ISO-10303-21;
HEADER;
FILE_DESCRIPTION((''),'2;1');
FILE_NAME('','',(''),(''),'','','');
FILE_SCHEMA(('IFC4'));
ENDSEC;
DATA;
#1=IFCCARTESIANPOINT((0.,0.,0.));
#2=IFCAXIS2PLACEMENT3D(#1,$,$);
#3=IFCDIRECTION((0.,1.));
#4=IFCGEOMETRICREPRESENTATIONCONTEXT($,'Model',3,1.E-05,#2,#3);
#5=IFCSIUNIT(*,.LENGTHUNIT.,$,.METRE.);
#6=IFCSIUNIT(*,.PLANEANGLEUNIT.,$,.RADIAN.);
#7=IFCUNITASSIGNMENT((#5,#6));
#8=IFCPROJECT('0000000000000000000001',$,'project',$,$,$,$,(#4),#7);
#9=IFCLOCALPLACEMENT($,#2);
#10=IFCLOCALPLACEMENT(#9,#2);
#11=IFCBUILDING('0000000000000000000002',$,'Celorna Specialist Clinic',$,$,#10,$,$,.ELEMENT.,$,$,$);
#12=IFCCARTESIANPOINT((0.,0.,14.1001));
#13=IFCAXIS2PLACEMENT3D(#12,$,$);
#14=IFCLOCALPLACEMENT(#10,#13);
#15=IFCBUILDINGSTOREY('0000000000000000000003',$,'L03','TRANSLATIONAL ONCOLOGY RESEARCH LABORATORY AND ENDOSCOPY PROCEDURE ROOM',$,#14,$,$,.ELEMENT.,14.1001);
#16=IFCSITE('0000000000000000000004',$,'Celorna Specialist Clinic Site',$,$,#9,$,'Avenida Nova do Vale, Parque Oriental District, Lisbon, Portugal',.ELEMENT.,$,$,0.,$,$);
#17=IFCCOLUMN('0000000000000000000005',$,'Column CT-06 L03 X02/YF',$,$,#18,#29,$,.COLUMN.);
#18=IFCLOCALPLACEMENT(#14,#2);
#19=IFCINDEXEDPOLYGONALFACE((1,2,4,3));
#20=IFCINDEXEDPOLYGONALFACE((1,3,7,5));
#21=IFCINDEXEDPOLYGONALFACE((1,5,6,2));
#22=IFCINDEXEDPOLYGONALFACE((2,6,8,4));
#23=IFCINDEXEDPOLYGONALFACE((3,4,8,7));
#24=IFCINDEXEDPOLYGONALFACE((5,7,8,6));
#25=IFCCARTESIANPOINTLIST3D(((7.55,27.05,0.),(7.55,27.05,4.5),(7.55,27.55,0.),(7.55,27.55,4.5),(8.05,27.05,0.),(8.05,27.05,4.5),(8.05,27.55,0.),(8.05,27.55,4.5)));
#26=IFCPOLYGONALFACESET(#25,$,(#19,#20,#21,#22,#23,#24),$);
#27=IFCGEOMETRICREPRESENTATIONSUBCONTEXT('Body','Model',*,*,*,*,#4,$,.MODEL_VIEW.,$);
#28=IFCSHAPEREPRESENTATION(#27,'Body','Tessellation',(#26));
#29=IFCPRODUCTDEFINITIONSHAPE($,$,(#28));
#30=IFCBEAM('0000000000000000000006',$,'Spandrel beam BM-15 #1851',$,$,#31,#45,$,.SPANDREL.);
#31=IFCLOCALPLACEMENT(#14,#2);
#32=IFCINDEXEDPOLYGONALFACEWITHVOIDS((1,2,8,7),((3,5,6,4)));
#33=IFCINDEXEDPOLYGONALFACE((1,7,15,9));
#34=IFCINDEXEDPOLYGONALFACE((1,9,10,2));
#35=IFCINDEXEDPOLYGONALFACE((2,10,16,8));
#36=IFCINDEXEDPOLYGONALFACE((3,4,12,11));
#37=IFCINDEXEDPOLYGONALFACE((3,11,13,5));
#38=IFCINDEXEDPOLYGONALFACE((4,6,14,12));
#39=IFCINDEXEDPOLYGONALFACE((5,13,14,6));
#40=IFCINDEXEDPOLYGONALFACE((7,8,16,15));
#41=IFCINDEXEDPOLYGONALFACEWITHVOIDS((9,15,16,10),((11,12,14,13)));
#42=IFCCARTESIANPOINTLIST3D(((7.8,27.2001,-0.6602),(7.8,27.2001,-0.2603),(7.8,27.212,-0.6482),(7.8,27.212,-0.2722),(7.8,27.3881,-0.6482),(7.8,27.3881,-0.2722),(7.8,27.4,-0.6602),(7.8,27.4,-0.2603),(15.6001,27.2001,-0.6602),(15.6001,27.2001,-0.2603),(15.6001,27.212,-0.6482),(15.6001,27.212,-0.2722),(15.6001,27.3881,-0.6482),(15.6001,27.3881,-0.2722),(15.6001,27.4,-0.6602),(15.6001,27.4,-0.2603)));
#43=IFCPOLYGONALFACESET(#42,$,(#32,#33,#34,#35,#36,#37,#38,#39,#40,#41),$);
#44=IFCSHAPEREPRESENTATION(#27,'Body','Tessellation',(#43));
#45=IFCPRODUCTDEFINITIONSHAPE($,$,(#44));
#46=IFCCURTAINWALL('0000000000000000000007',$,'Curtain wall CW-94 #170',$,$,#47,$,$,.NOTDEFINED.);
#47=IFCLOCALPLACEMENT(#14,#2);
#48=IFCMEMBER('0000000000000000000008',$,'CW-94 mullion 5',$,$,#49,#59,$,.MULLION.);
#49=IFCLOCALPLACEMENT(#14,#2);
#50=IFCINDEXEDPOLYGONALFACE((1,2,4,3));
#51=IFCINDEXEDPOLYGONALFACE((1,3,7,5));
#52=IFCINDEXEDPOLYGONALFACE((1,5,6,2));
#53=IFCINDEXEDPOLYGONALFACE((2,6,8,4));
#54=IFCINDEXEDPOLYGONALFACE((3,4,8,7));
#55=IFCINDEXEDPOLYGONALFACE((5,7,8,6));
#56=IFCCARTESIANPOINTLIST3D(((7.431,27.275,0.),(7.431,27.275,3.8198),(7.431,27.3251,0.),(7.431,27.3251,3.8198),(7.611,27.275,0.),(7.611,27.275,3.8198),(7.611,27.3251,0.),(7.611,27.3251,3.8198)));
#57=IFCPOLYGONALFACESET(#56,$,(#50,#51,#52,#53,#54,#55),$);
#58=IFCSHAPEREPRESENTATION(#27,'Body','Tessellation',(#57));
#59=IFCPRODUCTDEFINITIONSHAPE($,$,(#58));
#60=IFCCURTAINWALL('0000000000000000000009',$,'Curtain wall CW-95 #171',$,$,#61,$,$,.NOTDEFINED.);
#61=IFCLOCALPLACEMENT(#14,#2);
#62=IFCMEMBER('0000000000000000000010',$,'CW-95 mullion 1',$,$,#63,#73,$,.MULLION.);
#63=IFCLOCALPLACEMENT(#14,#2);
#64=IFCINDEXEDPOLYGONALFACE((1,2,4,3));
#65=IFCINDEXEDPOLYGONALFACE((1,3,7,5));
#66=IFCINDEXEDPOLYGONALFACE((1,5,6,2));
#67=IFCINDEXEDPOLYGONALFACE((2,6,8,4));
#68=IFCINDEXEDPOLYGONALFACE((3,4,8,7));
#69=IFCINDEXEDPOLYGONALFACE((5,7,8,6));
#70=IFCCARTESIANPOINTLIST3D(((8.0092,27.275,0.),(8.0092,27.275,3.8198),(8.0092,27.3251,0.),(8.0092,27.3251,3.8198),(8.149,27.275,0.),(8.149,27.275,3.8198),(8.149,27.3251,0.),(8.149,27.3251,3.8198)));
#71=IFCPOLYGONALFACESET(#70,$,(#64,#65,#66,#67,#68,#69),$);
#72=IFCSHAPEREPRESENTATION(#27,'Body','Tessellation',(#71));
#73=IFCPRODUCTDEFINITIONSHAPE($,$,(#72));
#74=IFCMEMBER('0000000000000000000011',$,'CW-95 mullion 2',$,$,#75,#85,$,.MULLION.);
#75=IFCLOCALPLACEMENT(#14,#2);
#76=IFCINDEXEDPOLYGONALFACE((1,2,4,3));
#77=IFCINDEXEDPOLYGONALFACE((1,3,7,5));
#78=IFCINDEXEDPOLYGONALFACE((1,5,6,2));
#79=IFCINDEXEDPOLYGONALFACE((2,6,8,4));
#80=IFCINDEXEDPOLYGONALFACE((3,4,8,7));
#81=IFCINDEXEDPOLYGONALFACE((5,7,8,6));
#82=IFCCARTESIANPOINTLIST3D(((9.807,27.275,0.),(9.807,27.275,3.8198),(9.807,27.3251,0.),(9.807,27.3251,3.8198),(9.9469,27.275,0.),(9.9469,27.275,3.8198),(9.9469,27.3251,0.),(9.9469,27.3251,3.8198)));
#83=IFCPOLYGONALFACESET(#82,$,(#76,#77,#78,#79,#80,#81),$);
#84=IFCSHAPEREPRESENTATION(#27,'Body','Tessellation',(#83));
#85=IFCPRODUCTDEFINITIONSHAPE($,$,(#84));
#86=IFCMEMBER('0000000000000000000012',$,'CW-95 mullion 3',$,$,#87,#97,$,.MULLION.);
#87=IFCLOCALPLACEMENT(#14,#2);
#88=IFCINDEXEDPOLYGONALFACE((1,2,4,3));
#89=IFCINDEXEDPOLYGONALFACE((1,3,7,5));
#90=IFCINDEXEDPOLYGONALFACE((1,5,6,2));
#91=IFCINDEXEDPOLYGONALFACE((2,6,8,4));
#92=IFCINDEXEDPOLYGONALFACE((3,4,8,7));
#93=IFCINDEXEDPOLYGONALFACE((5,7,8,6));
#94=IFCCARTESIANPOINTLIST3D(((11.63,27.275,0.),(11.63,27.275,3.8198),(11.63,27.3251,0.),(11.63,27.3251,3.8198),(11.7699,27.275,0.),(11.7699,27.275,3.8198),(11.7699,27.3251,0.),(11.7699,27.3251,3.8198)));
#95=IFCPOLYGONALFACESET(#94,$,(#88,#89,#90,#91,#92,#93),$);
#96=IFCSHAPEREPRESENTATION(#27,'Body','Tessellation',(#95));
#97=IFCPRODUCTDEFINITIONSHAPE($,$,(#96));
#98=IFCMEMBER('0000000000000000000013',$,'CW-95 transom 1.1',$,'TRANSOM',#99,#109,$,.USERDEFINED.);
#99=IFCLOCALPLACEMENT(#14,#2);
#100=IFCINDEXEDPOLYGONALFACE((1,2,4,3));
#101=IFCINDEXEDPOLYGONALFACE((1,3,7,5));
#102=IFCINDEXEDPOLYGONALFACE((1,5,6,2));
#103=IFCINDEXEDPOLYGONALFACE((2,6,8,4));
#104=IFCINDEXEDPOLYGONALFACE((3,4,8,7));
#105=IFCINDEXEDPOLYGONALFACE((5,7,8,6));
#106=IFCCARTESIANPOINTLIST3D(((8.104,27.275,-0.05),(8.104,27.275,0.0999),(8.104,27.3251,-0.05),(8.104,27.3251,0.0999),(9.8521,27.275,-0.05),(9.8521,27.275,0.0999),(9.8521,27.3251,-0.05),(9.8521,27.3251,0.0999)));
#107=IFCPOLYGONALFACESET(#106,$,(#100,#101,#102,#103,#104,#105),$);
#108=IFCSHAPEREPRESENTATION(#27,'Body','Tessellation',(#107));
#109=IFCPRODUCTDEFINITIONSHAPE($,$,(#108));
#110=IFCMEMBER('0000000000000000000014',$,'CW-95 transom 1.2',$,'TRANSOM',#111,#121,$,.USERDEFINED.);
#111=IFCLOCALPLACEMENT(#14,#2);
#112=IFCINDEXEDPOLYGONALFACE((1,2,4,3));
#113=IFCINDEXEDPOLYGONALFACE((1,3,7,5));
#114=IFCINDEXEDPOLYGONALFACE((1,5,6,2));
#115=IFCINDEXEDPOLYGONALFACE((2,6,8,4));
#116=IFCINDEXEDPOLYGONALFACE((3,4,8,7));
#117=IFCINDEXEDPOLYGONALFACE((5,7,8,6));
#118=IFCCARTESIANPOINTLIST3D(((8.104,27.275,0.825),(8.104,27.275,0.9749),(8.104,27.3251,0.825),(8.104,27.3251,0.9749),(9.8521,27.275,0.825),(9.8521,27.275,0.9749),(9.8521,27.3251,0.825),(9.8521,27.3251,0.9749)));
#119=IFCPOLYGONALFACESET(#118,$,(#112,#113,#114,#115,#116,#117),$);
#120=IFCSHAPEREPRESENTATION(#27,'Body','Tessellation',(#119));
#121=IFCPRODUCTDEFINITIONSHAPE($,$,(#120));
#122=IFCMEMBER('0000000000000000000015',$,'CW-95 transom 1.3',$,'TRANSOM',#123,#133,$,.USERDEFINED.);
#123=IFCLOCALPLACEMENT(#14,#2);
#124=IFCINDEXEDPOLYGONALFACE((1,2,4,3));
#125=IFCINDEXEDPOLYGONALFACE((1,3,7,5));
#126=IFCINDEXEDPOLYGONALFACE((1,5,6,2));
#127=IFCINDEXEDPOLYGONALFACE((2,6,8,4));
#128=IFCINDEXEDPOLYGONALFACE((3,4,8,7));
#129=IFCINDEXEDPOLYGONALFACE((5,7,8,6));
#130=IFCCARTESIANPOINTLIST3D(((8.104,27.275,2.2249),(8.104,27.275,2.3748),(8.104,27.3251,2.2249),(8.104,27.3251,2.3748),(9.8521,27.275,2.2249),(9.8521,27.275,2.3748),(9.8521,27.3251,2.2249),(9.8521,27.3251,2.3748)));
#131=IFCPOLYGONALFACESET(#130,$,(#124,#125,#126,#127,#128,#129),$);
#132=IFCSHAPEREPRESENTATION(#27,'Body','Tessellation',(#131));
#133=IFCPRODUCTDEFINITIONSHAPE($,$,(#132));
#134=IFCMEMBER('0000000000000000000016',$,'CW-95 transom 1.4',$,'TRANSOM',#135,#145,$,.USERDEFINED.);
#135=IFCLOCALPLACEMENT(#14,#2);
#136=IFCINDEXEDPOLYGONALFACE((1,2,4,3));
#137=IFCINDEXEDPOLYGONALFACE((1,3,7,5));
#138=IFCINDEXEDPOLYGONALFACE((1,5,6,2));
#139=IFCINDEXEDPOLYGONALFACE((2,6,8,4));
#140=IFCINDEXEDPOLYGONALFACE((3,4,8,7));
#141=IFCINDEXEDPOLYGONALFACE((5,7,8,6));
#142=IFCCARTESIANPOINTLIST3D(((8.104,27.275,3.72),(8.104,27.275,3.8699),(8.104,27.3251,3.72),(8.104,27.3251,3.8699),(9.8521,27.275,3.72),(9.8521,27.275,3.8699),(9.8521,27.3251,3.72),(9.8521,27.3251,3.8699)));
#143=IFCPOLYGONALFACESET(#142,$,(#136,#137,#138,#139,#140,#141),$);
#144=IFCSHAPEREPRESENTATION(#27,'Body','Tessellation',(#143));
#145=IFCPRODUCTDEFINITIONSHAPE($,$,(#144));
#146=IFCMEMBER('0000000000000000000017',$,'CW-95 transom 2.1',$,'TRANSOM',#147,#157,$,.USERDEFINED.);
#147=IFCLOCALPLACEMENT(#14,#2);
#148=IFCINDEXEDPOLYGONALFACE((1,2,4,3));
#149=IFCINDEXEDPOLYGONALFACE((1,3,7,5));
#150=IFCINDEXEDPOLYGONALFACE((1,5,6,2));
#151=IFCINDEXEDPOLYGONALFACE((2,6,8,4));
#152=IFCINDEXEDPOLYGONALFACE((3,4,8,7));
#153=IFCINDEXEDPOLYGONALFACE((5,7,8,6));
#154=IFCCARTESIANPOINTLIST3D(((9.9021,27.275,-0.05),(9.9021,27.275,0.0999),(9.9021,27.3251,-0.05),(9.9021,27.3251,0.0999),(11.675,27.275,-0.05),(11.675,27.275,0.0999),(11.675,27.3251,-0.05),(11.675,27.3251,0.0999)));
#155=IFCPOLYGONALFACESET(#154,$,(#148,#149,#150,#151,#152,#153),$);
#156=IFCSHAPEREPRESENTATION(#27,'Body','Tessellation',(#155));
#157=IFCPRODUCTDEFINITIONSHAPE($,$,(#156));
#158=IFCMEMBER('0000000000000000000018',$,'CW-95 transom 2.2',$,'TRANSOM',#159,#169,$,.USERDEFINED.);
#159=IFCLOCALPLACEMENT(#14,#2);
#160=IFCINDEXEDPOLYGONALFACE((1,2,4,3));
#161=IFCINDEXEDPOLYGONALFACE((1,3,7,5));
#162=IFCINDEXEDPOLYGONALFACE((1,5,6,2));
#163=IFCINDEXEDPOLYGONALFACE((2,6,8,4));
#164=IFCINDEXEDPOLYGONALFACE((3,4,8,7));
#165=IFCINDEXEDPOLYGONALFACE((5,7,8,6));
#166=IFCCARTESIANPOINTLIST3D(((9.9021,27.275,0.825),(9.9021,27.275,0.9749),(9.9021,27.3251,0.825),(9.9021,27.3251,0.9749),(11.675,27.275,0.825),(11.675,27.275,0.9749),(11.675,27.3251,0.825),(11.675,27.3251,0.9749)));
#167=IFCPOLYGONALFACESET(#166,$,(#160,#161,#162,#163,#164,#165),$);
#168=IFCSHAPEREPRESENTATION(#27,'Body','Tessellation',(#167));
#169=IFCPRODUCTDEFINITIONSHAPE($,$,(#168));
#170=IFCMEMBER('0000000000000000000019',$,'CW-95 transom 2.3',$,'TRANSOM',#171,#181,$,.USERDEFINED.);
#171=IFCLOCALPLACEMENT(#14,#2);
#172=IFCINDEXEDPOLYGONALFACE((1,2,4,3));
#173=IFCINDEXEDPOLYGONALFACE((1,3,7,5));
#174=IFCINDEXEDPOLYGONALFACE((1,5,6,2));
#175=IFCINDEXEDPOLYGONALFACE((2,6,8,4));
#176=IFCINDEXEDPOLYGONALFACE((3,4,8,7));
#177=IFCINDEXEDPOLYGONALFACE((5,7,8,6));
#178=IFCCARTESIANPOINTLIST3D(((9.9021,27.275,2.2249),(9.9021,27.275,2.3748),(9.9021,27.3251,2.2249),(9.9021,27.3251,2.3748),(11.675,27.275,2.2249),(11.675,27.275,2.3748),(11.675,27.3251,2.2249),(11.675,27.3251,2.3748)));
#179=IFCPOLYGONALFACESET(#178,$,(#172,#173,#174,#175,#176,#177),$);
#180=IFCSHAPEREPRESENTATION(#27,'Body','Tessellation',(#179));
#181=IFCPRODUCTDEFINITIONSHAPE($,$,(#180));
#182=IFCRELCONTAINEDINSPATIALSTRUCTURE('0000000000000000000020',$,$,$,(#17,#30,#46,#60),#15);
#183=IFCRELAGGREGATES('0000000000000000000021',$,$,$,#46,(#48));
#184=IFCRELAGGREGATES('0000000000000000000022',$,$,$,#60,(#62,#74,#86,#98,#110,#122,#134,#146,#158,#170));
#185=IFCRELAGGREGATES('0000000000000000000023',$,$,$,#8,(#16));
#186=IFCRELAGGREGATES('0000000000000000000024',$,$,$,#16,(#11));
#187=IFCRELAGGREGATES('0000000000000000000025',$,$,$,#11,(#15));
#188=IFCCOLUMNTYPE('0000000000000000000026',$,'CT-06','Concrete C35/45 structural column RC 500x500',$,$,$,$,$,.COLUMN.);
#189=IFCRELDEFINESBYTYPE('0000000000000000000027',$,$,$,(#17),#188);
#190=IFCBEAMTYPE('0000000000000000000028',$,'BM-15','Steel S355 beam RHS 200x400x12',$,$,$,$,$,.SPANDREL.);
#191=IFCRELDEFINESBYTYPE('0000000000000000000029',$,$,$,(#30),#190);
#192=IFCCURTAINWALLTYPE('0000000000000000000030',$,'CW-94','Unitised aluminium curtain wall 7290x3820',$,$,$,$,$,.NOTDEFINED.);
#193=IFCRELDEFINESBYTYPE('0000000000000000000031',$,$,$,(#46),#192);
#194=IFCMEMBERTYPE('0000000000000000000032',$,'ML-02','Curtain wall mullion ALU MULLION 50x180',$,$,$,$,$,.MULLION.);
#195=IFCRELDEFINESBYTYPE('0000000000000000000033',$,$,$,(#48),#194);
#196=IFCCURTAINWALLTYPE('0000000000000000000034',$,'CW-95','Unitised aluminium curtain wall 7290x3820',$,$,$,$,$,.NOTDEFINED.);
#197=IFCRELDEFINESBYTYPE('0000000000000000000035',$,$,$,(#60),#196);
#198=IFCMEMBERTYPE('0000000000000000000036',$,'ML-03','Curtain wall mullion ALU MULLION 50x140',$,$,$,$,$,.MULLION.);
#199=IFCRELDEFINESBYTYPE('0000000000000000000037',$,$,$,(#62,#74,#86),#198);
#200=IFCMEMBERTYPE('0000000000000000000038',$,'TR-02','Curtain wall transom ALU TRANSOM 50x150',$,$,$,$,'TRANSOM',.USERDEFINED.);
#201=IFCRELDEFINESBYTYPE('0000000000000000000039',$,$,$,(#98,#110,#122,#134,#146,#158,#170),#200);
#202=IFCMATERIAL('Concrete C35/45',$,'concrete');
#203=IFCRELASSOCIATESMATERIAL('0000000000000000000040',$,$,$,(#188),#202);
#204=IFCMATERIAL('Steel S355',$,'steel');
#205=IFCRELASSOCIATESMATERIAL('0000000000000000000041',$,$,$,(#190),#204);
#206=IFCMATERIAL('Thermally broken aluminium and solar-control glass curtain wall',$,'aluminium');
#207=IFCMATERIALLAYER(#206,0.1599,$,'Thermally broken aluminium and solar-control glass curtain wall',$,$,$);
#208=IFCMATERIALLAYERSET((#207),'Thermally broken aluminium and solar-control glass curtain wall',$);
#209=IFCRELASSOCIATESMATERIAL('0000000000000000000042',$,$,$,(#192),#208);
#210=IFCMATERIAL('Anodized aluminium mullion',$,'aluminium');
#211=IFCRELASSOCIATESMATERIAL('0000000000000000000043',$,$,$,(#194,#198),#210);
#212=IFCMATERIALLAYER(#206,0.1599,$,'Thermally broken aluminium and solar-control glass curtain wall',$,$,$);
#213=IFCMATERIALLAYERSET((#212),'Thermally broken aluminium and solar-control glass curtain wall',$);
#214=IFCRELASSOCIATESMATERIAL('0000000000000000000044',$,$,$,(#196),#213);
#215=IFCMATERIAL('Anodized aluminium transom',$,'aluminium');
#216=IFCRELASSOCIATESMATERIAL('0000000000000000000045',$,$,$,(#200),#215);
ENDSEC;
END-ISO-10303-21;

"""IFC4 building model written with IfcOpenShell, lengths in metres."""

from ifc_helpers import new_model, si_unit, direction, frame, origin, origin_2d, place, context, subcontext, project, spatial, rectangle, hollow_rectangle, extrude, material, layer, layer_set, material_profile, profile_set, type_object, element, aggregate, save


model = new_model("IFC4")

# Units and contexts
model_context = context("Model", 3, precision=1e-05, world=origin(), true_north=direction((0.0, 1.0)))
body_context = subcontext(model_context, "Body", "Model", "MODEL_VIEW")
ifc_project = project(units=[si_unit("LENGTHUNIT", "METRE"), si_unit("PLANEANGLEUNIT", "RADIAN")], contexts=[model_context])

# Site, building, storey
site_placement = place(None, origin())
site = spatial("IfcSite", under=ifc_project, at=site_placement, Name="Celorna Specialist Clinic Site", LongName="Avenida Nova do Vale, Parque Oriental District, Lisbon, Portugal", CompositionType="ELEMENT", RefElevation=0.0)
building_placement = place(site_placement, origin())
building = spatial("IfcBuilding", under=site, at=building_placement, Name="Celorna Specialist Clinic", CompositionType="ELEMENT")
storey_placement = place(building_placement, frame((0.0, 0.0, 14.1001)))
storey = spatial("IfcBuildingStorey", under=building, at=storey_placement, Name="L03", Description="TRANSLATIONAL ONCOLOGY RESEARCH LABORATORY AND ENDOSCOPY PROCEDURE ROOM", CompositionType="ELEMENT", Elevation=14.1001)

# Column
ifc_material_1 = material(Name="Concrete C35/45", Category="concrete")
ifc_material_profile_1 = material_profile(ifc_material_1, rectangle(XDim=0.5, YDim=0.5, at=origin_2d()), Name="RC 500x500")
ifc_profile_set_1 = profile_set([ifc_material_profile_1], Name="Concrete C35/45")
column_type = type_object("IfcColumnType", Name="CT-06", Description="Concrete C35/45 structural column RC 500x500", PredefinedType="COLUMN", material=ifc_profile_set_1)
column_placement = place(storey_placement, frame((7.8, 27.3, 0.0), z_axis=(0.0, 0.0, 1.0), x_axis=(1.0, 0.0, 0.0)))
element("IfcColumn", 1, at=column_placement, inside=storey, type_object=column_type, Name="Column CT-06 L03 X02/YF", PredefinedType="COLUMN", context=body_context, shape_type="SweptSolid", body=[
    extrude(rectangle(XDim=0.5, YDim=0.5, at=origin_2d()), origin(), (0.0, 0.0, 1.0), 4.5),
])

# Beam
ifc_material_2 = material(Name="Steel S355", Category="steel")
ifc_material_profile_2 = material_profile(ifc_material_2, hollow_rectangle(XDim=0.2, YDim=0.3999, WallThickness=0.012, at=origin_2d()), Name="RHS 200x400x12")
ifc_profile_set_2 = profile_set([ifc_material_profile_2], Name="Steel S355")
beam_type = type_object("IfcBeamType", Name="BM-15", Description="Steel S355 beam RHS 200x400x12", PredefinedType="SPANDREL", material=ifc_profile_set_2)
beam_placement = place(storey_placement, frame((7.8, 27.3, -0.4602), z_axis=(1.0, 0.0, 0.0), x_axis=(0.0, 1.0, 0.0)))
element("IfcBeam", 2, at=beam_placement, inside=storey, type_object=beam_type, Name="Spandrel beam BM-15 #1851", PredefinedType="SPANDREL", context=body_context, shape_type="SweptSolid", body=[
    extrude(hollow_rectangle(XDim=0.2, YDim=0.3999, WallThickness=0.012, at=origin_2d()), origin(), (0.0, 0.0, 1.0), 7.8),
])

# Curtain wall, member
ifc_material_3 = material(Name="Thermally broken aluminium and solar-control glass curtain wall", Category="aluminium")
ifc_layer_1 = layer(ifc_material_3, 0.1599, Name="Thermally broken aluminium and solar-control glass curtain wall")
ifc_layer_set_1 = layer_set([ifc_layer_1], Name="Thermally broken aluminium and solar-control glass curtain wall")
curtain_wall_type_1 = type_object("IfcCurtainWallType", Name="CW-94", Description="Unitised aluminium curtain wall 7290x3820", PredefinedType="NOTDEFINED", material=ifc_layer_set_1)
curtain_wall_1_placement = place(storey_placement, origin())
curtain_wall_1 = element("IfcCurtainWall", 3, at=curtain_wall_1_placement, inside=storey, type_object=curtain_wall_type_1, Name="Curtain wall CW-94 #170", PredefinedType="NOTDEFINED")
ifc_material_4 = material(Name="Anodized aluminium mullion", Category="aluminium")
ifc_material_profile_3 = material_profile(ifc_material_4, rectangle(XDim=0.05, YDim=0.1799, at=origin_2d()), Name="ALU MULLION 50x180")
ifc_profile_set_3 = profile_set([ifc_material_profile_3], Name="Anodized aluminium mullion")
member_type_1 = type_object("IfcMemberType", Name="ML-02", Description="Curtain wall mullion ALU MULLION 50x180", PredefinedType="MULLION", material=ifc_profile_set_3)
member_1_placement = place(storey_placement, frame((7.521, 27.3, 0.0), z_axis=(0.0, 0.0, 1.0), x_axis=(0.0, 1.0, 0.0)))
member_1 = element("IfcMember", 4, at=member_1_placement, type_object=member_type_1, Name="CW-94 mullion 5", PredefinedType="MULLION", context=body_context, shape_type="SweptSolid", body=[
    extrude(rectangle(XDim=0.05, YDim=0.1799, at=origin_2d()), origin(), (0.0, 0.0, 1.0), 3.8198),
])

# Curtain wall, members
ifc_layer_2 = layer(ifc_material_3, 0.1599, Name="Thermally broken aluminium and solar-control glass curtain wall")
ifc_layer_set_2 = layer_set([ifc_layer_2], Name="Thermally broken aluminium and solar-control glass curtain wall")
curtain_wall_type_2 = type_object("IfcCurtainWallType", Name="CW-95", Description="Unitised aluminium curtain wall 7290x3820", PredefinedType="NOTDEFINED", material=ifc_layer_set_2)
curtain_wall_2_placement = place(storey_placement, origin())
curtain_wall_2 = element("IfcCurtainWall", 5, at=curtain_wall_2_placement, inside=storey, type_object=curtain_wall_type_2, Name="Curtain wall CW-95 #171", PredefinedType="NOTDEFINED")
ifc_material_profile_4 = material_profile(ifc_material_4, rectangle(XDim=0.05, YDim=0.1399, at=origin_2d()), Name="ALU MULLION 50x140")
ifc_profile_set_4 = profile_set([ifc_material_profile_4], Name="Anodized aluminium mullion")
member_type_2 = type_object("IfcMemberType", Name="ML-03", Description="Curtain wall mullion ALU MULLION 50x140", PredefinedType="MULLION", material=ifc_profile_set_4)
member_2_placement = place(storey_placement, frame((8.0791, 27.3, 0.0), z_axis=(0.0, 0.0, 1.0), x_axis=(0.0, 1.0, 0.0)))
member_2 = element("IfcMember", 6, at=member_2_placement, type_object=member_type_2, Name="CW-95 mullion 1", PredefinedType="MULLION", context=body_context, shape_type="SweptSolid", body=[
    extrude(rectangle(XDim=0.05, YDim=0.1399, at=origin_2d()), origin(), (0.0, 0.0, 1.0), 3.8198),
])
member_3_placement = place(storey_placement, frame((9.877, 27.3, 0.0), z_axis=(0.0, 0.0, 1.0), x_axis=(0.0, 1.0, 0.0)))
member_3 = element("IfcMember", 7, at=member_3_placement, type_object=member_type_2, Name="CW-95 mullion 2", PredefinedType="MULLION", context=body_context, shape_type="SweptSolid", body=[
    extrude(rectangle(XDim=0.05, YDim=0.1399, at=origin_2d()), origin(), (0.0, 0.0, 1.0), 3.8198),
])
member_4_placement = place(storey_placement, frame((11.7, 27.3, 0.0), z_axis=(0.0, 0.0, 1.0), x_axis=(0.0, 1.0, 0.0)))
member_4 = element("IfcMember", 8, at=member_4_placement, type_object=member_type_2, Name="CW-95 mullion 3", PredefinedType="MULLION", context=body_context, shape_type="SweptSolid", body=[
    extrude(rectangle(XDim=0.05, YDim=0.1399, at=origin_2d()), origin(), (0.0, 0.0, 1.0), 3.8198),
])
ifc_material_5 = material(Name="Anodized aluminium transom", Category="aluminium")
ifc_material_profile_5 = material_profile(ifc_material_5, rectangle(XDim=0.05, YDim=0.1499, at=origin_2d()), Name="ALU TRANSOM 50x150")
ifc_profile_set_5 = profile_set([ifc_material_profile_5], Name="Anodized aluminium transom")
member_type_3 = type_object("IfcMemberType", Name="TR-02", Description="Curtain wall transom ALU TRANSOM 50x150", ElementType="TRANSOM", PredefinedType="USERDEFINED", material=ifc_profile_set_5)
member_5_placement = place(storey_placement, frame((8.104, 27.3, 0.0249), z_axis=(1.0, 0.0, 0.0), x_axis=(0.0, 1.0, 0.0)))
member_5 = element("IfcMember", 9, at=member_5_placement, type_object=member_type_3, Name="CW-95 transom 1.1", ObjectType="TRANSOM", PredefinedType="USERDEFINED", context=body_context, shape_type="SweptSolid", body=[
    extrude(rectangle(XDim=0.05, YDim=0.1499, at=origin_2d()), origin(), (0.0, 0.0, 1.0), 1.748),
])
member_6_placement = place(storey_placement, frame((8.104, 27.3, 0.8999), z_axis=(1.0, 0.0, 0.0), x_axis=(0.0, 1.0, 0.0)))
member_6 = element("IfcMember", 10, at=member_6_placement, type_object=member_type_3, Name="CW-95 transom 1.2", ObjectType="TRANSOM", PredefinedType="USERDEFINED", context=body_context, shape_type="SweptSolid", body=[
    extrude(rectangle(XDim=0.05, YDim=0.1499, at=origin_2d()), origin(), (0.0, 0.0, 1.0), 1.748),
])
member_7_placement = place(storey_placement, frame((8.104, 27.3, 2.2998), z_axis=(1.0, 0.0, 0.0), x_axis=(0.0, 1.0, 0.0)))
member_7 = element("IfcMember", 11, at=member_7_placement, type_object=member_type_3, Name="CW-95 transom 1.3", ObjectType="TRANSOM", PredefinedType="USERDEFINED", context=body_context, shape_type="SweptSolid", body=[
    extrude(rectangle(XDim=0.05, YDim=0.1499, at=origin_2d()), origin(), (0.0, 0.0, 1.0), 1.748),
])
member_8_placement = place(storey_placement, frame((8.104, 27.3, 3.7949), z_axis=(1.0, 0.0, 0.0), x_axis=(0.0, 1.0, 0.0)))
member_8 = element("IfcMember", 12, at=member_8_placement, type_object=member_type_3, Name="CW-95 transom 1.4", ObjectType="TRANSOM", PredefinedType="USERDEFINED", context=body_context, shape_type="SweptSolid", body=[
    extrude(rectangle(XDim=0.05, YDim=0.1499, at=origin_2d()), origin(), (0.0, 0.0, 1.0), 1.748),
])
member_9_placement = place(storey_placement, frame((9.9021, 27.3, 0.0249), z_axis=(1.0, 0.0, 0.0), x_axis=(0.0, 1.0, 0.0)))
member_9 = element("IfcMember", 13, at=member_9_placement, type_object=member_type_3, Name="CW-95 transom 2.1", ObjectType="TRANSOM", PredefinedType="USERDEFINED", context=body_context, shape_type="SweptSolid", body=[
    extrude(rectangle(XDim=0.05, YDim=0.1499, at=origin_2d()), origin(), (0.0, 0.0, 1.0), 1.7729),
])
member_10_placement = place(storey_placement, frame((9.9021, 27.3, 0.8999), z_axis=(1.0, 0.0, 0.0), x_axis=(0.0, 1.0, 0.0)))
member_10 = element("IfcMember", 14, at=member_10_placement, type_object=member_type_3, Name="CW-95 transom 2.2", ObjectType="TRANSOM", PredefinedType="USERDEFINED", context=body_context, shape_type="SweptSolid", body=[
    extrude(rectangle(XDim=0.05, YDim=0.1499, at=origin_2d()), origin(), (0.0, 0.0, 1.0), 1.7729),
])
member_11_placement = place(storey_placement, frame((9.9021, 27.3, 2.2998), z_axis=(1.0, 0.0, 0.0), x_axis=(0.0, 1.0, 0.0)))
member_11 = element("IfcMember", 15, at=member_11_placement, type_object=member_type_3, Name="CW-95 transom 2.3", ObjectType="TRANSOM", PredefinedType="USERDEFINED", context=body_context, shape_type="SweptSolid", body=[
    extrude(rectangle(XDim=0.05, YDim=0.1499, at=origin_2d()), origin(), (0.0, 0.0, 1.0), 1.7729),
])

aggregate(curtain_wall_1, [member_1])
aggregate(curtain_wall_2, [member_2, member_3, member_4, member_5, member_6, member_7, member_8, member_9, member_10, member_11])

save(model, "model.ifc")
